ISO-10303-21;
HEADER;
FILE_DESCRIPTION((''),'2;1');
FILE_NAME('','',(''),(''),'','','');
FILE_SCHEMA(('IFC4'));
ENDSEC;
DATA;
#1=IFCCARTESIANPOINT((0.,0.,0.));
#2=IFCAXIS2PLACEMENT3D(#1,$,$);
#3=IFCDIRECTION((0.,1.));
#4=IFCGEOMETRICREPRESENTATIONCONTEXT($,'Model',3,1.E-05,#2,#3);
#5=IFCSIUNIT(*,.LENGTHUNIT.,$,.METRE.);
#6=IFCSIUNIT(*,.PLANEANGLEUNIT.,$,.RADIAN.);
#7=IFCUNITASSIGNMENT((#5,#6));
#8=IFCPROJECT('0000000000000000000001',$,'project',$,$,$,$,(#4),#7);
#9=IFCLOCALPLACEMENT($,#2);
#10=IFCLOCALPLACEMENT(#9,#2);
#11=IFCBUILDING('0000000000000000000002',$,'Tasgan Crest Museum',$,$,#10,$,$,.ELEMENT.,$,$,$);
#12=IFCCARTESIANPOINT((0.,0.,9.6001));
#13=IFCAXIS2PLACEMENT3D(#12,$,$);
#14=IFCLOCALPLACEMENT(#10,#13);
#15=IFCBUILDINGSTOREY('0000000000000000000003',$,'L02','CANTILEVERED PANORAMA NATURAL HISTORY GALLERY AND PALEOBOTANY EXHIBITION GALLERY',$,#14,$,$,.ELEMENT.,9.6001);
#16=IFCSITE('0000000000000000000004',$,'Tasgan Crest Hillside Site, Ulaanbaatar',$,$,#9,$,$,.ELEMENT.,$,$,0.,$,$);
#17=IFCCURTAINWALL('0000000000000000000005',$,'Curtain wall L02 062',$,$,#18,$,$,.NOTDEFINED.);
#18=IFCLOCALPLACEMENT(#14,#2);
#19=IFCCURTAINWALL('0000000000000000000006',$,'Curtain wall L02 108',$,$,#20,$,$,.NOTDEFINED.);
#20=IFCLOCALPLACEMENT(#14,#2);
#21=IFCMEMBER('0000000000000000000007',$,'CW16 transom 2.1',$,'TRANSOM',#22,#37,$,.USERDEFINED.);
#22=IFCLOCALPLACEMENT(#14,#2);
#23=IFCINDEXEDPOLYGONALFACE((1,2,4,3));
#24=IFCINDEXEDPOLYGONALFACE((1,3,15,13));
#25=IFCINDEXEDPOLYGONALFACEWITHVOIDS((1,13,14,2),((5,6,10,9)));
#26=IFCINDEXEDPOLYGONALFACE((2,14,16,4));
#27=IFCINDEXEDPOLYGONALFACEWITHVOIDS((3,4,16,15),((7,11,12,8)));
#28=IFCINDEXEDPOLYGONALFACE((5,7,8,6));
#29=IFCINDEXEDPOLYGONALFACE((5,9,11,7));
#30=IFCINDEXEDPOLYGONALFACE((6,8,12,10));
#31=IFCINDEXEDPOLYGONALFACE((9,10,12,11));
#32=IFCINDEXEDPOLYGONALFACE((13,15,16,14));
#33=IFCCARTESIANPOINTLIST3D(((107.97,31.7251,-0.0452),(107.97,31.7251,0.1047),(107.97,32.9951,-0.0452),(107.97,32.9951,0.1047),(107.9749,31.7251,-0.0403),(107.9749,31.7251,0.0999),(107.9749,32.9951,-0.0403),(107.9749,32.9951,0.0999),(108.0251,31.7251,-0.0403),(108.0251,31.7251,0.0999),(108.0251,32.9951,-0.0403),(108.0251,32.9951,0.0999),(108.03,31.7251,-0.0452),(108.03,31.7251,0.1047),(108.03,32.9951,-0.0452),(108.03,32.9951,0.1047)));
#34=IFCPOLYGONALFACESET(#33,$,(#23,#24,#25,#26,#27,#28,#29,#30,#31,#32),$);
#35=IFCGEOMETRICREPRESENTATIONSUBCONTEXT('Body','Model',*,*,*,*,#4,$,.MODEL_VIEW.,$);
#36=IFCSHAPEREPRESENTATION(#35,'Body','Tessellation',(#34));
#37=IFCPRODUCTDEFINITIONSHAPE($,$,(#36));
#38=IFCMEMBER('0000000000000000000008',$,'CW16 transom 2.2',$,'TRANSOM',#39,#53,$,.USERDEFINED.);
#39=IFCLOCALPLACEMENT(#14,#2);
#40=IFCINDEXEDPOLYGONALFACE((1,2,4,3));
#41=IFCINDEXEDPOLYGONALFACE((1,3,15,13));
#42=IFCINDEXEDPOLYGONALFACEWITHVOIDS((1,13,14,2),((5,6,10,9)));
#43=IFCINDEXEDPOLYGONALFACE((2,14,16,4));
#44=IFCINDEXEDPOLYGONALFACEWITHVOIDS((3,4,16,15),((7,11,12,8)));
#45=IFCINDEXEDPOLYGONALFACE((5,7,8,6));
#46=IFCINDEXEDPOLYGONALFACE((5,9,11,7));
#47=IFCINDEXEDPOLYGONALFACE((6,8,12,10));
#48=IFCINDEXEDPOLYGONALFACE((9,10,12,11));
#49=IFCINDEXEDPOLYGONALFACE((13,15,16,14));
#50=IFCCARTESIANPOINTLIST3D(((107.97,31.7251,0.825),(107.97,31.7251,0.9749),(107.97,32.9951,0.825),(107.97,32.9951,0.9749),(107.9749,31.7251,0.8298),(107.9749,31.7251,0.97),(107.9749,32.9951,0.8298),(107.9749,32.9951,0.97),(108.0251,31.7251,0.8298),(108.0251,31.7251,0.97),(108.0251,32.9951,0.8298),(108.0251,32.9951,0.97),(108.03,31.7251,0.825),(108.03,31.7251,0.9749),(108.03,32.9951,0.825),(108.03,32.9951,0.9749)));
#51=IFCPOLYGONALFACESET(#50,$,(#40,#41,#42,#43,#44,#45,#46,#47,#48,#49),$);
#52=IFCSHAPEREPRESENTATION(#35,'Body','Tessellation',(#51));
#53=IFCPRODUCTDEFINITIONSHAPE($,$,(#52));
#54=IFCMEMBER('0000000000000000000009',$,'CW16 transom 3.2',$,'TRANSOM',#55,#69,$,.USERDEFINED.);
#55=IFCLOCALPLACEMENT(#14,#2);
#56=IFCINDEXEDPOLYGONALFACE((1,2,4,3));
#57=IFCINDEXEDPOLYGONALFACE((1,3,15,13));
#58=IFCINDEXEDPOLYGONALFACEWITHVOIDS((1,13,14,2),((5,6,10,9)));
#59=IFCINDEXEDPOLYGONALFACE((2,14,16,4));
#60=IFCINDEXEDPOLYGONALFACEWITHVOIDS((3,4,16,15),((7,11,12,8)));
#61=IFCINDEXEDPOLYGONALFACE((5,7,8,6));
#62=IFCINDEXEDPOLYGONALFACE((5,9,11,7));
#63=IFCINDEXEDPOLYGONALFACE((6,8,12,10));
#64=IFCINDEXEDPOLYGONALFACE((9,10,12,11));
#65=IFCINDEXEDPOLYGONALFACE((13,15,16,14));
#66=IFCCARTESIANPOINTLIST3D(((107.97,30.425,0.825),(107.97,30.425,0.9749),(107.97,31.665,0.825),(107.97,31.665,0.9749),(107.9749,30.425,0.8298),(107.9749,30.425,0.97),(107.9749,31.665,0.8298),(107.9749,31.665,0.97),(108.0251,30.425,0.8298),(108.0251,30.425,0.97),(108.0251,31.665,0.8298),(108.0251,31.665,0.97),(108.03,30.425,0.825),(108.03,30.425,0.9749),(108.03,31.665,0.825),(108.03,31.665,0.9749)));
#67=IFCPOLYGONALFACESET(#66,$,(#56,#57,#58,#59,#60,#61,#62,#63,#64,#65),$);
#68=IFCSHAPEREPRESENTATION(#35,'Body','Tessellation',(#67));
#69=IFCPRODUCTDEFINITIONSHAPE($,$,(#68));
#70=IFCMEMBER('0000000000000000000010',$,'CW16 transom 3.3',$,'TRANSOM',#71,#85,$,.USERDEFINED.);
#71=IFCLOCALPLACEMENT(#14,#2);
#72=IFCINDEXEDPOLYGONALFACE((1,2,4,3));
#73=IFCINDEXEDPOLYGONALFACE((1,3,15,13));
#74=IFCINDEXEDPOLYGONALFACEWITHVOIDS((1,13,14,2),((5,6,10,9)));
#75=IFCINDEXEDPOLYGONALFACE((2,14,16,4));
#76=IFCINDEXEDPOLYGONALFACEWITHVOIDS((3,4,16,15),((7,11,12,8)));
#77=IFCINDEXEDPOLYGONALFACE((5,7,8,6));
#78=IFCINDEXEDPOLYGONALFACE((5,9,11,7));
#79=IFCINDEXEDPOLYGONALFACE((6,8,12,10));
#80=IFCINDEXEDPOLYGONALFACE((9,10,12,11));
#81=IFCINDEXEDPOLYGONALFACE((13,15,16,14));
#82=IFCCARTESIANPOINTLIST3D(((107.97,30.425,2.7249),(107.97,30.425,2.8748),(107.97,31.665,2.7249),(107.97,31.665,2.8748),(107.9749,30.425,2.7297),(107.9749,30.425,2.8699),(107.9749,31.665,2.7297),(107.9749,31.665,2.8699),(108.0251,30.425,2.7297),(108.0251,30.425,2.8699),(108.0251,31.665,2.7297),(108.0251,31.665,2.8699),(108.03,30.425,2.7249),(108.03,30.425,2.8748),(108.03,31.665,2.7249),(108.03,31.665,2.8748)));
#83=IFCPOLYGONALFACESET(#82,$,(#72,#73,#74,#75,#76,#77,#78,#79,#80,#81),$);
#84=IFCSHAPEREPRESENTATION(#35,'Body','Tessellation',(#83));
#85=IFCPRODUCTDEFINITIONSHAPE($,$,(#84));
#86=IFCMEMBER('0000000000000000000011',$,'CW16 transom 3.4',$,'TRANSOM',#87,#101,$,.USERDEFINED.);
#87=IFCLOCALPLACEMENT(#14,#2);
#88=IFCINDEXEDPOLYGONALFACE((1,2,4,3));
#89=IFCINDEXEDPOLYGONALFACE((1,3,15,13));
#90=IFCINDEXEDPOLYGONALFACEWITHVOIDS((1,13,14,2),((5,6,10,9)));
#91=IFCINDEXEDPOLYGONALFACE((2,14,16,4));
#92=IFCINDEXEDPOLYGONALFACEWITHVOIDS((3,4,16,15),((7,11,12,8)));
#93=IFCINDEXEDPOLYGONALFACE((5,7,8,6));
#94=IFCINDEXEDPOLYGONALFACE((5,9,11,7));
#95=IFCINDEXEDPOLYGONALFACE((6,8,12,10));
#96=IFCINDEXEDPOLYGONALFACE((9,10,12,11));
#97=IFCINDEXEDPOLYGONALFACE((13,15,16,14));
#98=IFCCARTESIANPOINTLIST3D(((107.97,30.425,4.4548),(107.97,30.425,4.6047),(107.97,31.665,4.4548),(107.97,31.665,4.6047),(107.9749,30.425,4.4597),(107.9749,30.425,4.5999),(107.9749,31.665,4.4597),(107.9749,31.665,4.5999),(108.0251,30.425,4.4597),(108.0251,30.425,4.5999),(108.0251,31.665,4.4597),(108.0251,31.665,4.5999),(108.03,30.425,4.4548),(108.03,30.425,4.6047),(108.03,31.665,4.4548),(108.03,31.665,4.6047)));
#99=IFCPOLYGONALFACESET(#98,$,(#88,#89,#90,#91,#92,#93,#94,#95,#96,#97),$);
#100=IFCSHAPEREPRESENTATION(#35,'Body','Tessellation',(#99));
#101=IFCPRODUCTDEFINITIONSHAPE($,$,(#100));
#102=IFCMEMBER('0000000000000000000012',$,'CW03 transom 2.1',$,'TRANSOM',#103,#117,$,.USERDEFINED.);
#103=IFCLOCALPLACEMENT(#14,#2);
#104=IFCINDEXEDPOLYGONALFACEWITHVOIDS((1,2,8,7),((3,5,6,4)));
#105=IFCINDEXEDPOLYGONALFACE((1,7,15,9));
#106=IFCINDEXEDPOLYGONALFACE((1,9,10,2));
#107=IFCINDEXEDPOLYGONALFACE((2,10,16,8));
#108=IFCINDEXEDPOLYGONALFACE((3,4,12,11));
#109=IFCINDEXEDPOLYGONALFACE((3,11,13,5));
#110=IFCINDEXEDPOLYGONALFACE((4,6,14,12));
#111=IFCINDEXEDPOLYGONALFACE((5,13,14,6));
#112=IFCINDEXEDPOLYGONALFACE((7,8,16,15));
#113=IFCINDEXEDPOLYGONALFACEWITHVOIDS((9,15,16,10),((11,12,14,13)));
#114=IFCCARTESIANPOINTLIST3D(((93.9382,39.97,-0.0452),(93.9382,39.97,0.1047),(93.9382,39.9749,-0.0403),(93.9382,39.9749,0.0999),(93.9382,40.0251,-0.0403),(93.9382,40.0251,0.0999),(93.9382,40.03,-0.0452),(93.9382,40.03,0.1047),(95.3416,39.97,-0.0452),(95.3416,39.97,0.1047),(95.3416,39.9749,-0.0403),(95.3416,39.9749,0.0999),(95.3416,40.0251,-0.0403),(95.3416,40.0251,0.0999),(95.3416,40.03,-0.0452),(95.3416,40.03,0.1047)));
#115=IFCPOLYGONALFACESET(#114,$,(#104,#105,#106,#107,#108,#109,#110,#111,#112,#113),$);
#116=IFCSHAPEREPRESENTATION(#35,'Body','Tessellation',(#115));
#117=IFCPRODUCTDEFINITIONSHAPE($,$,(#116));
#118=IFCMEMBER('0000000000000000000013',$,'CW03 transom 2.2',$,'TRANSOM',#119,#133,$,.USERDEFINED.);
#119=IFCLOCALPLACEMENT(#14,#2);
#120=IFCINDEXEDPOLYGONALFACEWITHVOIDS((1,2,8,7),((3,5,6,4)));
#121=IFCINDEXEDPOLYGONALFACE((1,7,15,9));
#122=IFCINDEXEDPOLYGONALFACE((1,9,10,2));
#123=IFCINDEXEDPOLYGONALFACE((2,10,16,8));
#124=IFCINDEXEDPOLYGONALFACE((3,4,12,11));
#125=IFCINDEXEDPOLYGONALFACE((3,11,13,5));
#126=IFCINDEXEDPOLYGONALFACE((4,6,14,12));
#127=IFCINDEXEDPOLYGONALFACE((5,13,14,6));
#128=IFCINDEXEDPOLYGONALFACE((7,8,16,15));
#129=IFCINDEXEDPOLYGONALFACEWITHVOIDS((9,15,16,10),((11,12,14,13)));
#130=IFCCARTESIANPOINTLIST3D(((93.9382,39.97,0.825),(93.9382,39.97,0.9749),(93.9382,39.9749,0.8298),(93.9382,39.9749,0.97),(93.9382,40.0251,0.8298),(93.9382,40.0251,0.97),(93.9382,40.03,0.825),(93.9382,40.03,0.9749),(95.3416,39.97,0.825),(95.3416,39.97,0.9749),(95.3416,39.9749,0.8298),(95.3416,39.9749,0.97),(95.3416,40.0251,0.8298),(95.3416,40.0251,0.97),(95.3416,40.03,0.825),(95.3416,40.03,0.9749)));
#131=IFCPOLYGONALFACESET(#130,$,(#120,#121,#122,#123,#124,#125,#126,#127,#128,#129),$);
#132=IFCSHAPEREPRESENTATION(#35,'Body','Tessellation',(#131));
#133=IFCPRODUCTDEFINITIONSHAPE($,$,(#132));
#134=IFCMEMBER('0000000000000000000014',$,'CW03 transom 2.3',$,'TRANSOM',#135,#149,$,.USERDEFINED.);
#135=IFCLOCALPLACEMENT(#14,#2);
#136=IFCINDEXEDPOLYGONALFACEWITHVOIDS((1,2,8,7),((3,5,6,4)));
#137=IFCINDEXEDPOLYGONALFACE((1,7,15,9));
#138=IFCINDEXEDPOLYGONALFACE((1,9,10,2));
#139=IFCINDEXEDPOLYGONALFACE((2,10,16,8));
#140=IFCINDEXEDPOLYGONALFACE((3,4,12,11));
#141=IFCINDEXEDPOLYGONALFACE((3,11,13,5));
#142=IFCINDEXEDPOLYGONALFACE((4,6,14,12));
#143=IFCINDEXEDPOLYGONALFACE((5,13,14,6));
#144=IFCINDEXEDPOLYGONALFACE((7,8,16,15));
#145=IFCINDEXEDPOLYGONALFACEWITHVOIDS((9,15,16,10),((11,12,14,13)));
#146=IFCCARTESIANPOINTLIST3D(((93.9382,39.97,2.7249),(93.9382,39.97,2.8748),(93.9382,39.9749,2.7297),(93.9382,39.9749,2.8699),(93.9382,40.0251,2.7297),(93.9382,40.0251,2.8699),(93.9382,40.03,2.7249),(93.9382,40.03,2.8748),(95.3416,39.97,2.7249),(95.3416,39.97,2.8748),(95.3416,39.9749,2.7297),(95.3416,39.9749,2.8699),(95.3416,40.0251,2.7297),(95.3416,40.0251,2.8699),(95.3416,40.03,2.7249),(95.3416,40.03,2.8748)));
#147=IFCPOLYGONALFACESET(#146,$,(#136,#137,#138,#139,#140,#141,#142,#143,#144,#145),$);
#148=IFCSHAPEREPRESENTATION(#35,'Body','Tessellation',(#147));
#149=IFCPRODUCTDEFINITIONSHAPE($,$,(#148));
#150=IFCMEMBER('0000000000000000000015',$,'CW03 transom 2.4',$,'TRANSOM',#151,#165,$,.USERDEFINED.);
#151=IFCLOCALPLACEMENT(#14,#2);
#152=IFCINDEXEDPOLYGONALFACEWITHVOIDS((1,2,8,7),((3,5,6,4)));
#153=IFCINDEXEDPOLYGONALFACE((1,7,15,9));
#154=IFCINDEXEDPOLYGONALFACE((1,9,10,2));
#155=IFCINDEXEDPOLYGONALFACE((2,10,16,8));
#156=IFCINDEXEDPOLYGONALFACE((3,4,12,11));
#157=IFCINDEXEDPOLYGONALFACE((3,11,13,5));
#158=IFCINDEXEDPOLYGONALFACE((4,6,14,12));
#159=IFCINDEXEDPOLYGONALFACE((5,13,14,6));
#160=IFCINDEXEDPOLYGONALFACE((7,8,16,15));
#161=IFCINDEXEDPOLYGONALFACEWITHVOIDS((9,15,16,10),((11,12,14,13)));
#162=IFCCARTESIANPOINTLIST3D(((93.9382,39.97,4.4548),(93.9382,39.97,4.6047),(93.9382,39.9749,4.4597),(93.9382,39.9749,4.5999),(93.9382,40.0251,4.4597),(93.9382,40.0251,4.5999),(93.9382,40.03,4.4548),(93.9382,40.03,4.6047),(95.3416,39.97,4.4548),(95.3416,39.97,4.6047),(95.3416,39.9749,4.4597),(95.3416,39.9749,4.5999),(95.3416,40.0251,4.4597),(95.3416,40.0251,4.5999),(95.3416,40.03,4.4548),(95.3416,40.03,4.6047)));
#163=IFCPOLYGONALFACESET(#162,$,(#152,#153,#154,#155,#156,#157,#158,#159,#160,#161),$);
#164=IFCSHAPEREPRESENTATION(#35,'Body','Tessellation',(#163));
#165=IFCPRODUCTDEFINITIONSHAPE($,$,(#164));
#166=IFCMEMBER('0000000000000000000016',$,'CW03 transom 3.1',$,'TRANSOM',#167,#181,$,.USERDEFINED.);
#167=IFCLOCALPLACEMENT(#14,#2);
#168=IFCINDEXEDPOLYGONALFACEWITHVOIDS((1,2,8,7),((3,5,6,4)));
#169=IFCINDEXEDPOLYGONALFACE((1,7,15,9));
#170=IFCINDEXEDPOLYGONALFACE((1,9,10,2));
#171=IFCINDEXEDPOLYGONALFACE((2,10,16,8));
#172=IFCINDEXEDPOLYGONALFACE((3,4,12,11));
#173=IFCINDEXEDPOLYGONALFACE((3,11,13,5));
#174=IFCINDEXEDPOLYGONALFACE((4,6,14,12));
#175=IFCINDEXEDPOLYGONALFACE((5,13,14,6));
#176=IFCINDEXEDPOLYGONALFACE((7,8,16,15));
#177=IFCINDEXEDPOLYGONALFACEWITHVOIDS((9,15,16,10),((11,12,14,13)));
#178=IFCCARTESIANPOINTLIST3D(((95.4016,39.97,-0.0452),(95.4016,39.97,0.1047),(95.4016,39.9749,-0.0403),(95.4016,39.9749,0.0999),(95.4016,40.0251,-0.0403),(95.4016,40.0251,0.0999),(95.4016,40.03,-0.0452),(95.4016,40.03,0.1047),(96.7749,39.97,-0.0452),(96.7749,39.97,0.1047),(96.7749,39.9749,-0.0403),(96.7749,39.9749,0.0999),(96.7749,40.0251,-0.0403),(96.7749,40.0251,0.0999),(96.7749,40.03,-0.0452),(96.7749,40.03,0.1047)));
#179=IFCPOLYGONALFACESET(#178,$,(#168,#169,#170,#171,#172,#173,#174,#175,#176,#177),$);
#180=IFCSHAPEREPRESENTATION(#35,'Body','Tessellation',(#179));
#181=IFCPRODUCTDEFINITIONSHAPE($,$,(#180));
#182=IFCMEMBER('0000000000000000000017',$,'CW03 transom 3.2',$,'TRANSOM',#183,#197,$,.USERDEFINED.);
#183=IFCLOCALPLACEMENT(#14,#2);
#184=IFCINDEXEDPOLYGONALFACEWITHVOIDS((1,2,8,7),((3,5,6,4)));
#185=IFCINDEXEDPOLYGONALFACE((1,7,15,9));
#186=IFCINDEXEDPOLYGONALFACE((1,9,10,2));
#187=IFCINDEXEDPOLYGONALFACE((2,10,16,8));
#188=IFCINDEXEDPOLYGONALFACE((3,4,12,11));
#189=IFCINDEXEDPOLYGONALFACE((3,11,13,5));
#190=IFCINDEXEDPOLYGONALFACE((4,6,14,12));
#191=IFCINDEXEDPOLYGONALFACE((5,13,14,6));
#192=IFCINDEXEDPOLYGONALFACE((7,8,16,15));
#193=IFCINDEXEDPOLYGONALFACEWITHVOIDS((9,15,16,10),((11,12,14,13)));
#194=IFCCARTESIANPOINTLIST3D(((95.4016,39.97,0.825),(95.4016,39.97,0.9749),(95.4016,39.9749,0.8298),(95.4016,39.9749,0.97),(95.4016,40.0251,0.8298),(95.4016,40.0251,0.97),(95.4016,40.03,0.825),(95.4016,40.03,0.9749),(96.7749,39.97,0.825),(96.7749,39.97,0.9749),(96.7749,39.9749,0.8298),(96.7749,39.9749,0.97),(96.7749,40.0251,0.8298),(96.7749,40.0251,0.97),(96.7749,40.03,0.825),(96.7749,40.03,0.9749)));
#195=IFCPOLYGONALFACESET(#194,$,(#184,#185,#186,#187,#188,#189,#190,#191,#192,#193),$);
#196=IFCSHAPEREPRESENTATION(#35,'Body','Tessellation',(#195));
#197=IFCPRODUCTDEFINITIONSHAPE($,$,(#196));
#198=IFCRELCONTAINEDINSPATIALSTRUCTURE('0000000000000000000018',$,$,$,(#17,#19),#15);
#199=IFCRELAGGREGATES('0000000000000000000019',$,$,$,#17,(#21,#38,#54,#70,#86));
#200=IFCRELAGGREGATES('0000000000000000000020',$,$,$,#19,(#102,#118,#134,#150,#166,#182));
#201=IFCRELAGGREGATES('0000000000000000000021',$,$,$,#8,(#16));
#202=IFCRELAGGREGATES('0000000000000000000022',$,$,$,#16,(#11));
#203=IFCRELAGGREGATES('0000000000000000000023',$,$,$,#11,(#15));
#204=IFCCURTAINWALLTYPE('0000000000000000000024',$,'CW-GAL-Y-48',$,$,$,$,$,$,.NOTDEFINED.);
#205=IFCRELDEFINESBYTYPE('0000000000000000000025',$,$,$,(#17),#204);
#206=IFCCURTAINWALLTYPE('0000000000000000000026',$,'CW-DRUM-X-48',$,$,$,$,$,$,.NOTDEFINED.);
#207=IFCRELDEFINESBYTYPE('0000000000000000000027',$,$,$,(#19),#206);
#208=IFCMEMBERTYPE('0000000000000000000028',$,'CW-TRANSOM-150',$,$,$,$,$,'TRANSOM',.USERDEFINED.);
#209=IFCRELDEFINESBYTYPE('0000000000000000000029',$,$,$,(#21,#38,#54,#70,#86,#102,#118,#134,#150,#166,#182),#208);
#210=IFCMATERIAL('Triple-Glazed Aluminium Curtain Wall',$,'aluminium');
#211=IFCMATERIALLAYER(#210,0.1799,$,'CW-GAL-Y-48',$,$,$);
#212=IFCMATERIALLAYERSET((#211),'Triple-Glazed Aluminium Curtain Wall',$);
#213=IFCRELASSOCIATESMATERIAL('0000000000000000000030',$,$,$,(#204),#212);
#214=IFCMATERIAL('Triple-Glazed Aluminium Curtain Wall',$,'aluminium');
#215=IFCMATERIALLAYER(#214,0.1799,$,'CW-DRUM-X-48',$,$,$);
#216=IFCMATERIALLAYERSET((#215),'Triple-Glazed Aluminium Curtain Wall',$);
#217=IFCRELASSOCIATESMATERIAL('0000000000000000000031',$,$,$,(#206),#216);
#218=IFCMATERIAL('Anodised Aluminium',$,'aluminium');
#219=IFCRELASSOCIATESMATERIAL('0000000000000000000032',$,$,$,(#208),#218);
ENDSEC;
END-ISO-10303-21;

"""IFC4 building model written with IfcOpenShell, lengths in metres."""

from ifc_helpers import new_model, si_unit, direction, frame, origin, origin_2d, place, context, subcontext, project, spatial, hollow_rectangle, extrude, material, layer, layer_set, material_profile, profile_set, type_object, element, aggregate, save


model = new_model("IFC4")

# Units and contexts
model_context = context("Model", 3, precision=1e-05, world=origin(), true_north=direction((0.0, 1.0)))
body_context = subcontext(model_context, "Body", "Model", "MODEL_VIEW")
ifc_project = project(units=[si_unit("LENGTHUNIT", "METRE"), si_unit("PLANEANGLEUNIT", "RADIAN")], contexts=[model_context])

# Site, building, storey
site_placement = place(None, origin())
site = spatial("IfcSite", under=ifc_project, at=site_placement, Name="Tasgan Crest Hillside Site, Ulaanbaatar", CompositionType="ELEMENT", RefElevation=0.0)
building_placement = place(site_placement, origin())
building = spatial("IfcBuilding", under=site, at=building_placement, Name="Tasgan Crest Museum", CompositionType="ELEMENT")
storey_placement = place(building_placement, frame((0.0, 0.0, 9.6001)))
storey = spatial("IfcBuildingStorey", under=building, at=storey_placement, Name="L02", Description="CANTILEVERED PANORAMA NATURAL HISTORY GALLERY AND PALEOBOTANY EXHIBITION GALLERY", CompositionType="ELEMENT", Elevation=9.6001)

# Curtain wall
ifc_material_1 = material(Name="Triple-Glazed Aluminium Curtain Wall", Category="aluminium")
ifc_layer_1 = layer(ifc_material_1, 0.1799, Name="CW-GAL-Y-48")
ifc_layer_set_1 = layer_set([ifc_layer_1], Name="Triple-Glazed Aluminium Curtain Wall")
curtain_wall_type_1 = type_object("IfcCurtainWallType", Name="CW-GAL-Y-48", PredefinedType="NOTDEFINED", material=ifc_layer_set_1)
curtain_wall_1_placement = place(storey_placement, origin())
curtain_wall_1 = element("IfcCurtainWall", 1, at=curtain_wall_1_placement, inside=storey, type_object=curtain_wall_type_1, Name="Curtain wall L02 062", PredefinedType="NOTDEFINED")

# Curtain wall
ifc_material_2 = material(Name="Triple-Glazed Aluminium Curtain Wall", Category="aluminium")
ifc_layer_2 = layer(ifc_material_2, 0.1799, Name="CW-DRUM-X-48")
ifc_layer_set_2 = layer_set([ifc_layer_2], Name="Triple-Glazed Aluminium Curtain Wall")
curtain_wall_type_2 = type_object("IfcCurtainWallType", Name="CW-DRUM-X-48", PredefinedType="NOTDEFINED", material=ifc_layer_set_2)
curtain_wall_2_placement = place(storey_placement, origin())
curtain_wall_2 = element("IfcCurtainWall", 2, at=curtain_wall_2_placement, inside=storey, type_object=curtain_wall_type_2, Name="Curtain wall L02 108", PredefinedType="NOTDEFINED")

# Members
ifc_material_3 = material(Name="Anodised Aluminium", Category="aluminium")
ifc_material_profile_1 = material_profile(ifc_material_3, hollow_rectangle(XDim=0.0601, YDim=0.1499, WallThickness=0.0049, at=origin_2d()), Name="ALU TRANSOM 150x60x5")
ifc_profile_set_1 = profile_set([ifc_material_profile_1], Name="Anodised Aluminium")
member_type_1 = type_object("IfcMemberType", Name="CW-TRANSOM-150", ElementType="TRANSOM", PredefinedType="USERDEFINED", material=ifc_profile_set_1)
member_1_placement = place(storey_placement, frame((108.0, 32.9951, 0.0298), z_axis=(0.0, -1.0, 0.0), x_axis=(1.0, 0.0, 0.0)))
member_1 = element("IfcMember", 3, at=member_1_placement, type_object=member_type_1, Name="CW16 transom 2.1", ObjectType="TRANSOM", PredefinedType="USERDEFINED", context=body_context, shape_type="SweptSolid", body=[
    extrude(hollow_rectangle(XDim=0.0601, YDim=0.1499, WallThickness=0.0049, at=origin_2d()), origin(), (0.0, 0.0, 1.0), 1.27),
])
member_2_placement = place(storey_placement, frame((108.0, 32.9951, 0.8999), z_axis=(0.0, -1.0, 0.0), x_axis=(1.0, 0.0, 0.0)))
member_2 = element("IfcMember", 4, at=member_2_placement, type_object=member_type_1, Name="CW16 transom 2.2", ObjectType="TRANSOM", PredefinedType="USERDEFINED", context=body_context, shape_type="SweptSolid", body=[
    extrude(hollow_rectangle(XDim=0.0601, YDim=0.1499, WallThickness=0.0049, at=origin_2d()), origin(), (0.0, 0.0, 1.0), 1.27),
])
member_3_placement = place(storey_placement, frame((108.0, 31.665, 0.8999), z_axis=(0.0, -1.0, 0.0), x_axis=(1.0, 0.0, 0.0)))
member_3 = element("IfcMember", 5, at=member_3_placement, type_object=member_type_1, Name="CW16 transom 3.2", ObjectType="TRANSOM", PredefinedType="USERDEFINED", context=body_context, shape_type="SweptSolid", body=[
    extrude(hollow_rectangle(XDim=0.0601, YDim=0.1499, WallThickness=0.0049, at=origin_2d()), origin(), (0.0, 0.0, 1.0), 1.24),
])
member_4_placement = place(storey_placement, frame((108.0, 31.665, 2.7998), z_axis=(0.0, -1.0, 0.0), x_axis=(1.0, 0.0, 0.0)))
member_4 = element("IfcMember", 6, at=member_4_placement, type_object=member_type_1, Name="CW16 transom 3.3", ObjectType="TRANSOM", PredefinedType="USERDEFINED", context=body_context, shape_type="SweptSolid", body=[
    extrude(hollow_rectangle(XDim=0.0601, YDim=0.1499, WallThickness=0.0049, at=origin_2d()), origin(), (0.0, 0.0, 1.0), 1.24),
])
member_5_placement = place(storey_placement, frame((108.0, 31.665, 4.5298), z_axis=(0.0, -1.0, 0.0), x_axis=(1.0, 0.0, 0.0)))
member_5 = element("IfcMember", 7, at=member_5_placement, type_object=member_type_1, Name="CW16 transom 3.4", ObjectType="TRANSOM", PredefinedType="USERDEFINED", context=body_context, shape_type="SweptSolid", body=[
    extrude(hollow_rectangle(XDim=0.0601, YDim=0.1499, WallThickness=0.0049, at=origin_2d()), origin(), (0.0, 0.0, 1.0), 1.24),
])
member_6_placement = place(storey_placement, frame((93.9382, 40.0, 0.0298), z_axis=(1.0, 0.0, 0.0), x_axis=(0.0, 1.0, 0.0)))
member_6 = element("IfcMember", 8, at=member_6_placement, type_object=member_type_1, Name="CW03 transom 2.1", ObjectType="TRANSOM", PredefinedType="USERDEFINED", context=body_context, shape_type="SweptSolid", body=[
    extrude(hollow_rectangle(XDim=0.0601, YDim=0.1499, WallThickness=0.0049, at=origin_2d()), origin(), (0.0, 0.0, 1.0), 1.4033),
])
member_7_placement = place(storey_placement, frame((93.9382, 40.0, 0.8999), z_axis=(1.0, 0.0, 0.0), x_axis=(0.0, 1.0, 0.0)))
member_7 = element("IfcMember", 9, at=member_7_placement, type_object=member_type_1, Name="CW03 transom 2.2", ObjectType="TRANSOM", PredefinedType="USERDEFINED", context=body_context, shape_type="SweptSolid", body=[
    extrude(hollow_rectangle(XDim=0.0601, YDim=0.1499, WallThickness=0.0049, at=origin_2d()), origin(), (0.0, 0.0, 1.0), 1.4033),
])
member_8_placement = place(storey_placement, frame((93.9382, 40.0, 2.7998), z_axis=(1.0, 0.0, 0.0), x_axis=(0.0, 1.0, 0.0)))
member_8 = element("IfcMember", 10, at=member_8_placement, type_object=member_type_1, Name="CW03 transom 2.3", ObjectType="TRANSOM", PredefinedType="USERDEFINED", context=body_context, shape_type="SweptSolid", body=[
    extrude(hollow_rectangle(XDim=0.0601, YDim=0.1499, WallThickness=0.0049, at=origin_2d()), origin(), (0.0, 0.0, 1.0), 1.4033),
])
member_9_placement = place(storey_placement, frame((93.9382, 40.0, 4.5298), z_axis=(1.0, 0.0, 0.0), x_axis=(0.0, 1.0, 0.0)))
member_9 = element("IfcMember", 11, at=member_9_placement, type_object=member_type_1, Name="CW03 transom 2.4", ObjectType="TRANSOM", PredefinedType="USERDEFINED", context=body_context, shape_type="SweptSolid", body=[
    extrude(hollow_rectangle(XDim=0.0601, YDim=0.1499, WallThickness=0.0049, at=origin_2d()), origin(), (0.0, 0.0, 1.0), 1.4033),
])
member_10_placement = place(storey_placement, frame((95.4016, 40.0, 0.0298), z_axis=(1.0, 0.0, 0.0), x_axis=(0.0, 1.0, 0.0)))
member_10 = element("IfcMember", 12, at=member_10_placement, type_object=member_type_1, Name="CW03 transom 3.1", ObjectType="TRANSOM", PredefinedType="USERDEFINED", context=body_context, shape_type="SweptSolid", body=[
    extrude(hollow_rectangle(XDim=0.0601, YDim=0.1499, WallThickness=0.0049, at=origin_2d()), origin(), (0.0, 0.0, 1.0), 1.3733),
])
member_11_placement = place(storey_placement, frame((95.4016, 40.0, 0.8999), z_axis=(1.0, 0.0, 0.0), x_axis=(0.0, 1.0, 0.0)))
member_11 = element("IfcMember", 13, at=member_11_placement, type_object=member_type_1, Name="CW03 transom 3.2", ObjectType="TRANSOM", PredefinedType="USERDEFINED", context=body_context, shape_type="SweptSolid", body=[
    extrude(hollow_rectangle(XDim=0.0601, YDim=0.1499, WallThickness=0.0049, at=origin_2d()), origin(), (0.0, 0.0, 1.0), 1.3733),
])

aggregate(curtain_wall_1, [member_1, member_2, member_3, member_4, member_5])
aggregate(curtain_wall_2, [member_6, member_7, member_8, member_9, member_10, member_11])

save(model, "model.ifc")
